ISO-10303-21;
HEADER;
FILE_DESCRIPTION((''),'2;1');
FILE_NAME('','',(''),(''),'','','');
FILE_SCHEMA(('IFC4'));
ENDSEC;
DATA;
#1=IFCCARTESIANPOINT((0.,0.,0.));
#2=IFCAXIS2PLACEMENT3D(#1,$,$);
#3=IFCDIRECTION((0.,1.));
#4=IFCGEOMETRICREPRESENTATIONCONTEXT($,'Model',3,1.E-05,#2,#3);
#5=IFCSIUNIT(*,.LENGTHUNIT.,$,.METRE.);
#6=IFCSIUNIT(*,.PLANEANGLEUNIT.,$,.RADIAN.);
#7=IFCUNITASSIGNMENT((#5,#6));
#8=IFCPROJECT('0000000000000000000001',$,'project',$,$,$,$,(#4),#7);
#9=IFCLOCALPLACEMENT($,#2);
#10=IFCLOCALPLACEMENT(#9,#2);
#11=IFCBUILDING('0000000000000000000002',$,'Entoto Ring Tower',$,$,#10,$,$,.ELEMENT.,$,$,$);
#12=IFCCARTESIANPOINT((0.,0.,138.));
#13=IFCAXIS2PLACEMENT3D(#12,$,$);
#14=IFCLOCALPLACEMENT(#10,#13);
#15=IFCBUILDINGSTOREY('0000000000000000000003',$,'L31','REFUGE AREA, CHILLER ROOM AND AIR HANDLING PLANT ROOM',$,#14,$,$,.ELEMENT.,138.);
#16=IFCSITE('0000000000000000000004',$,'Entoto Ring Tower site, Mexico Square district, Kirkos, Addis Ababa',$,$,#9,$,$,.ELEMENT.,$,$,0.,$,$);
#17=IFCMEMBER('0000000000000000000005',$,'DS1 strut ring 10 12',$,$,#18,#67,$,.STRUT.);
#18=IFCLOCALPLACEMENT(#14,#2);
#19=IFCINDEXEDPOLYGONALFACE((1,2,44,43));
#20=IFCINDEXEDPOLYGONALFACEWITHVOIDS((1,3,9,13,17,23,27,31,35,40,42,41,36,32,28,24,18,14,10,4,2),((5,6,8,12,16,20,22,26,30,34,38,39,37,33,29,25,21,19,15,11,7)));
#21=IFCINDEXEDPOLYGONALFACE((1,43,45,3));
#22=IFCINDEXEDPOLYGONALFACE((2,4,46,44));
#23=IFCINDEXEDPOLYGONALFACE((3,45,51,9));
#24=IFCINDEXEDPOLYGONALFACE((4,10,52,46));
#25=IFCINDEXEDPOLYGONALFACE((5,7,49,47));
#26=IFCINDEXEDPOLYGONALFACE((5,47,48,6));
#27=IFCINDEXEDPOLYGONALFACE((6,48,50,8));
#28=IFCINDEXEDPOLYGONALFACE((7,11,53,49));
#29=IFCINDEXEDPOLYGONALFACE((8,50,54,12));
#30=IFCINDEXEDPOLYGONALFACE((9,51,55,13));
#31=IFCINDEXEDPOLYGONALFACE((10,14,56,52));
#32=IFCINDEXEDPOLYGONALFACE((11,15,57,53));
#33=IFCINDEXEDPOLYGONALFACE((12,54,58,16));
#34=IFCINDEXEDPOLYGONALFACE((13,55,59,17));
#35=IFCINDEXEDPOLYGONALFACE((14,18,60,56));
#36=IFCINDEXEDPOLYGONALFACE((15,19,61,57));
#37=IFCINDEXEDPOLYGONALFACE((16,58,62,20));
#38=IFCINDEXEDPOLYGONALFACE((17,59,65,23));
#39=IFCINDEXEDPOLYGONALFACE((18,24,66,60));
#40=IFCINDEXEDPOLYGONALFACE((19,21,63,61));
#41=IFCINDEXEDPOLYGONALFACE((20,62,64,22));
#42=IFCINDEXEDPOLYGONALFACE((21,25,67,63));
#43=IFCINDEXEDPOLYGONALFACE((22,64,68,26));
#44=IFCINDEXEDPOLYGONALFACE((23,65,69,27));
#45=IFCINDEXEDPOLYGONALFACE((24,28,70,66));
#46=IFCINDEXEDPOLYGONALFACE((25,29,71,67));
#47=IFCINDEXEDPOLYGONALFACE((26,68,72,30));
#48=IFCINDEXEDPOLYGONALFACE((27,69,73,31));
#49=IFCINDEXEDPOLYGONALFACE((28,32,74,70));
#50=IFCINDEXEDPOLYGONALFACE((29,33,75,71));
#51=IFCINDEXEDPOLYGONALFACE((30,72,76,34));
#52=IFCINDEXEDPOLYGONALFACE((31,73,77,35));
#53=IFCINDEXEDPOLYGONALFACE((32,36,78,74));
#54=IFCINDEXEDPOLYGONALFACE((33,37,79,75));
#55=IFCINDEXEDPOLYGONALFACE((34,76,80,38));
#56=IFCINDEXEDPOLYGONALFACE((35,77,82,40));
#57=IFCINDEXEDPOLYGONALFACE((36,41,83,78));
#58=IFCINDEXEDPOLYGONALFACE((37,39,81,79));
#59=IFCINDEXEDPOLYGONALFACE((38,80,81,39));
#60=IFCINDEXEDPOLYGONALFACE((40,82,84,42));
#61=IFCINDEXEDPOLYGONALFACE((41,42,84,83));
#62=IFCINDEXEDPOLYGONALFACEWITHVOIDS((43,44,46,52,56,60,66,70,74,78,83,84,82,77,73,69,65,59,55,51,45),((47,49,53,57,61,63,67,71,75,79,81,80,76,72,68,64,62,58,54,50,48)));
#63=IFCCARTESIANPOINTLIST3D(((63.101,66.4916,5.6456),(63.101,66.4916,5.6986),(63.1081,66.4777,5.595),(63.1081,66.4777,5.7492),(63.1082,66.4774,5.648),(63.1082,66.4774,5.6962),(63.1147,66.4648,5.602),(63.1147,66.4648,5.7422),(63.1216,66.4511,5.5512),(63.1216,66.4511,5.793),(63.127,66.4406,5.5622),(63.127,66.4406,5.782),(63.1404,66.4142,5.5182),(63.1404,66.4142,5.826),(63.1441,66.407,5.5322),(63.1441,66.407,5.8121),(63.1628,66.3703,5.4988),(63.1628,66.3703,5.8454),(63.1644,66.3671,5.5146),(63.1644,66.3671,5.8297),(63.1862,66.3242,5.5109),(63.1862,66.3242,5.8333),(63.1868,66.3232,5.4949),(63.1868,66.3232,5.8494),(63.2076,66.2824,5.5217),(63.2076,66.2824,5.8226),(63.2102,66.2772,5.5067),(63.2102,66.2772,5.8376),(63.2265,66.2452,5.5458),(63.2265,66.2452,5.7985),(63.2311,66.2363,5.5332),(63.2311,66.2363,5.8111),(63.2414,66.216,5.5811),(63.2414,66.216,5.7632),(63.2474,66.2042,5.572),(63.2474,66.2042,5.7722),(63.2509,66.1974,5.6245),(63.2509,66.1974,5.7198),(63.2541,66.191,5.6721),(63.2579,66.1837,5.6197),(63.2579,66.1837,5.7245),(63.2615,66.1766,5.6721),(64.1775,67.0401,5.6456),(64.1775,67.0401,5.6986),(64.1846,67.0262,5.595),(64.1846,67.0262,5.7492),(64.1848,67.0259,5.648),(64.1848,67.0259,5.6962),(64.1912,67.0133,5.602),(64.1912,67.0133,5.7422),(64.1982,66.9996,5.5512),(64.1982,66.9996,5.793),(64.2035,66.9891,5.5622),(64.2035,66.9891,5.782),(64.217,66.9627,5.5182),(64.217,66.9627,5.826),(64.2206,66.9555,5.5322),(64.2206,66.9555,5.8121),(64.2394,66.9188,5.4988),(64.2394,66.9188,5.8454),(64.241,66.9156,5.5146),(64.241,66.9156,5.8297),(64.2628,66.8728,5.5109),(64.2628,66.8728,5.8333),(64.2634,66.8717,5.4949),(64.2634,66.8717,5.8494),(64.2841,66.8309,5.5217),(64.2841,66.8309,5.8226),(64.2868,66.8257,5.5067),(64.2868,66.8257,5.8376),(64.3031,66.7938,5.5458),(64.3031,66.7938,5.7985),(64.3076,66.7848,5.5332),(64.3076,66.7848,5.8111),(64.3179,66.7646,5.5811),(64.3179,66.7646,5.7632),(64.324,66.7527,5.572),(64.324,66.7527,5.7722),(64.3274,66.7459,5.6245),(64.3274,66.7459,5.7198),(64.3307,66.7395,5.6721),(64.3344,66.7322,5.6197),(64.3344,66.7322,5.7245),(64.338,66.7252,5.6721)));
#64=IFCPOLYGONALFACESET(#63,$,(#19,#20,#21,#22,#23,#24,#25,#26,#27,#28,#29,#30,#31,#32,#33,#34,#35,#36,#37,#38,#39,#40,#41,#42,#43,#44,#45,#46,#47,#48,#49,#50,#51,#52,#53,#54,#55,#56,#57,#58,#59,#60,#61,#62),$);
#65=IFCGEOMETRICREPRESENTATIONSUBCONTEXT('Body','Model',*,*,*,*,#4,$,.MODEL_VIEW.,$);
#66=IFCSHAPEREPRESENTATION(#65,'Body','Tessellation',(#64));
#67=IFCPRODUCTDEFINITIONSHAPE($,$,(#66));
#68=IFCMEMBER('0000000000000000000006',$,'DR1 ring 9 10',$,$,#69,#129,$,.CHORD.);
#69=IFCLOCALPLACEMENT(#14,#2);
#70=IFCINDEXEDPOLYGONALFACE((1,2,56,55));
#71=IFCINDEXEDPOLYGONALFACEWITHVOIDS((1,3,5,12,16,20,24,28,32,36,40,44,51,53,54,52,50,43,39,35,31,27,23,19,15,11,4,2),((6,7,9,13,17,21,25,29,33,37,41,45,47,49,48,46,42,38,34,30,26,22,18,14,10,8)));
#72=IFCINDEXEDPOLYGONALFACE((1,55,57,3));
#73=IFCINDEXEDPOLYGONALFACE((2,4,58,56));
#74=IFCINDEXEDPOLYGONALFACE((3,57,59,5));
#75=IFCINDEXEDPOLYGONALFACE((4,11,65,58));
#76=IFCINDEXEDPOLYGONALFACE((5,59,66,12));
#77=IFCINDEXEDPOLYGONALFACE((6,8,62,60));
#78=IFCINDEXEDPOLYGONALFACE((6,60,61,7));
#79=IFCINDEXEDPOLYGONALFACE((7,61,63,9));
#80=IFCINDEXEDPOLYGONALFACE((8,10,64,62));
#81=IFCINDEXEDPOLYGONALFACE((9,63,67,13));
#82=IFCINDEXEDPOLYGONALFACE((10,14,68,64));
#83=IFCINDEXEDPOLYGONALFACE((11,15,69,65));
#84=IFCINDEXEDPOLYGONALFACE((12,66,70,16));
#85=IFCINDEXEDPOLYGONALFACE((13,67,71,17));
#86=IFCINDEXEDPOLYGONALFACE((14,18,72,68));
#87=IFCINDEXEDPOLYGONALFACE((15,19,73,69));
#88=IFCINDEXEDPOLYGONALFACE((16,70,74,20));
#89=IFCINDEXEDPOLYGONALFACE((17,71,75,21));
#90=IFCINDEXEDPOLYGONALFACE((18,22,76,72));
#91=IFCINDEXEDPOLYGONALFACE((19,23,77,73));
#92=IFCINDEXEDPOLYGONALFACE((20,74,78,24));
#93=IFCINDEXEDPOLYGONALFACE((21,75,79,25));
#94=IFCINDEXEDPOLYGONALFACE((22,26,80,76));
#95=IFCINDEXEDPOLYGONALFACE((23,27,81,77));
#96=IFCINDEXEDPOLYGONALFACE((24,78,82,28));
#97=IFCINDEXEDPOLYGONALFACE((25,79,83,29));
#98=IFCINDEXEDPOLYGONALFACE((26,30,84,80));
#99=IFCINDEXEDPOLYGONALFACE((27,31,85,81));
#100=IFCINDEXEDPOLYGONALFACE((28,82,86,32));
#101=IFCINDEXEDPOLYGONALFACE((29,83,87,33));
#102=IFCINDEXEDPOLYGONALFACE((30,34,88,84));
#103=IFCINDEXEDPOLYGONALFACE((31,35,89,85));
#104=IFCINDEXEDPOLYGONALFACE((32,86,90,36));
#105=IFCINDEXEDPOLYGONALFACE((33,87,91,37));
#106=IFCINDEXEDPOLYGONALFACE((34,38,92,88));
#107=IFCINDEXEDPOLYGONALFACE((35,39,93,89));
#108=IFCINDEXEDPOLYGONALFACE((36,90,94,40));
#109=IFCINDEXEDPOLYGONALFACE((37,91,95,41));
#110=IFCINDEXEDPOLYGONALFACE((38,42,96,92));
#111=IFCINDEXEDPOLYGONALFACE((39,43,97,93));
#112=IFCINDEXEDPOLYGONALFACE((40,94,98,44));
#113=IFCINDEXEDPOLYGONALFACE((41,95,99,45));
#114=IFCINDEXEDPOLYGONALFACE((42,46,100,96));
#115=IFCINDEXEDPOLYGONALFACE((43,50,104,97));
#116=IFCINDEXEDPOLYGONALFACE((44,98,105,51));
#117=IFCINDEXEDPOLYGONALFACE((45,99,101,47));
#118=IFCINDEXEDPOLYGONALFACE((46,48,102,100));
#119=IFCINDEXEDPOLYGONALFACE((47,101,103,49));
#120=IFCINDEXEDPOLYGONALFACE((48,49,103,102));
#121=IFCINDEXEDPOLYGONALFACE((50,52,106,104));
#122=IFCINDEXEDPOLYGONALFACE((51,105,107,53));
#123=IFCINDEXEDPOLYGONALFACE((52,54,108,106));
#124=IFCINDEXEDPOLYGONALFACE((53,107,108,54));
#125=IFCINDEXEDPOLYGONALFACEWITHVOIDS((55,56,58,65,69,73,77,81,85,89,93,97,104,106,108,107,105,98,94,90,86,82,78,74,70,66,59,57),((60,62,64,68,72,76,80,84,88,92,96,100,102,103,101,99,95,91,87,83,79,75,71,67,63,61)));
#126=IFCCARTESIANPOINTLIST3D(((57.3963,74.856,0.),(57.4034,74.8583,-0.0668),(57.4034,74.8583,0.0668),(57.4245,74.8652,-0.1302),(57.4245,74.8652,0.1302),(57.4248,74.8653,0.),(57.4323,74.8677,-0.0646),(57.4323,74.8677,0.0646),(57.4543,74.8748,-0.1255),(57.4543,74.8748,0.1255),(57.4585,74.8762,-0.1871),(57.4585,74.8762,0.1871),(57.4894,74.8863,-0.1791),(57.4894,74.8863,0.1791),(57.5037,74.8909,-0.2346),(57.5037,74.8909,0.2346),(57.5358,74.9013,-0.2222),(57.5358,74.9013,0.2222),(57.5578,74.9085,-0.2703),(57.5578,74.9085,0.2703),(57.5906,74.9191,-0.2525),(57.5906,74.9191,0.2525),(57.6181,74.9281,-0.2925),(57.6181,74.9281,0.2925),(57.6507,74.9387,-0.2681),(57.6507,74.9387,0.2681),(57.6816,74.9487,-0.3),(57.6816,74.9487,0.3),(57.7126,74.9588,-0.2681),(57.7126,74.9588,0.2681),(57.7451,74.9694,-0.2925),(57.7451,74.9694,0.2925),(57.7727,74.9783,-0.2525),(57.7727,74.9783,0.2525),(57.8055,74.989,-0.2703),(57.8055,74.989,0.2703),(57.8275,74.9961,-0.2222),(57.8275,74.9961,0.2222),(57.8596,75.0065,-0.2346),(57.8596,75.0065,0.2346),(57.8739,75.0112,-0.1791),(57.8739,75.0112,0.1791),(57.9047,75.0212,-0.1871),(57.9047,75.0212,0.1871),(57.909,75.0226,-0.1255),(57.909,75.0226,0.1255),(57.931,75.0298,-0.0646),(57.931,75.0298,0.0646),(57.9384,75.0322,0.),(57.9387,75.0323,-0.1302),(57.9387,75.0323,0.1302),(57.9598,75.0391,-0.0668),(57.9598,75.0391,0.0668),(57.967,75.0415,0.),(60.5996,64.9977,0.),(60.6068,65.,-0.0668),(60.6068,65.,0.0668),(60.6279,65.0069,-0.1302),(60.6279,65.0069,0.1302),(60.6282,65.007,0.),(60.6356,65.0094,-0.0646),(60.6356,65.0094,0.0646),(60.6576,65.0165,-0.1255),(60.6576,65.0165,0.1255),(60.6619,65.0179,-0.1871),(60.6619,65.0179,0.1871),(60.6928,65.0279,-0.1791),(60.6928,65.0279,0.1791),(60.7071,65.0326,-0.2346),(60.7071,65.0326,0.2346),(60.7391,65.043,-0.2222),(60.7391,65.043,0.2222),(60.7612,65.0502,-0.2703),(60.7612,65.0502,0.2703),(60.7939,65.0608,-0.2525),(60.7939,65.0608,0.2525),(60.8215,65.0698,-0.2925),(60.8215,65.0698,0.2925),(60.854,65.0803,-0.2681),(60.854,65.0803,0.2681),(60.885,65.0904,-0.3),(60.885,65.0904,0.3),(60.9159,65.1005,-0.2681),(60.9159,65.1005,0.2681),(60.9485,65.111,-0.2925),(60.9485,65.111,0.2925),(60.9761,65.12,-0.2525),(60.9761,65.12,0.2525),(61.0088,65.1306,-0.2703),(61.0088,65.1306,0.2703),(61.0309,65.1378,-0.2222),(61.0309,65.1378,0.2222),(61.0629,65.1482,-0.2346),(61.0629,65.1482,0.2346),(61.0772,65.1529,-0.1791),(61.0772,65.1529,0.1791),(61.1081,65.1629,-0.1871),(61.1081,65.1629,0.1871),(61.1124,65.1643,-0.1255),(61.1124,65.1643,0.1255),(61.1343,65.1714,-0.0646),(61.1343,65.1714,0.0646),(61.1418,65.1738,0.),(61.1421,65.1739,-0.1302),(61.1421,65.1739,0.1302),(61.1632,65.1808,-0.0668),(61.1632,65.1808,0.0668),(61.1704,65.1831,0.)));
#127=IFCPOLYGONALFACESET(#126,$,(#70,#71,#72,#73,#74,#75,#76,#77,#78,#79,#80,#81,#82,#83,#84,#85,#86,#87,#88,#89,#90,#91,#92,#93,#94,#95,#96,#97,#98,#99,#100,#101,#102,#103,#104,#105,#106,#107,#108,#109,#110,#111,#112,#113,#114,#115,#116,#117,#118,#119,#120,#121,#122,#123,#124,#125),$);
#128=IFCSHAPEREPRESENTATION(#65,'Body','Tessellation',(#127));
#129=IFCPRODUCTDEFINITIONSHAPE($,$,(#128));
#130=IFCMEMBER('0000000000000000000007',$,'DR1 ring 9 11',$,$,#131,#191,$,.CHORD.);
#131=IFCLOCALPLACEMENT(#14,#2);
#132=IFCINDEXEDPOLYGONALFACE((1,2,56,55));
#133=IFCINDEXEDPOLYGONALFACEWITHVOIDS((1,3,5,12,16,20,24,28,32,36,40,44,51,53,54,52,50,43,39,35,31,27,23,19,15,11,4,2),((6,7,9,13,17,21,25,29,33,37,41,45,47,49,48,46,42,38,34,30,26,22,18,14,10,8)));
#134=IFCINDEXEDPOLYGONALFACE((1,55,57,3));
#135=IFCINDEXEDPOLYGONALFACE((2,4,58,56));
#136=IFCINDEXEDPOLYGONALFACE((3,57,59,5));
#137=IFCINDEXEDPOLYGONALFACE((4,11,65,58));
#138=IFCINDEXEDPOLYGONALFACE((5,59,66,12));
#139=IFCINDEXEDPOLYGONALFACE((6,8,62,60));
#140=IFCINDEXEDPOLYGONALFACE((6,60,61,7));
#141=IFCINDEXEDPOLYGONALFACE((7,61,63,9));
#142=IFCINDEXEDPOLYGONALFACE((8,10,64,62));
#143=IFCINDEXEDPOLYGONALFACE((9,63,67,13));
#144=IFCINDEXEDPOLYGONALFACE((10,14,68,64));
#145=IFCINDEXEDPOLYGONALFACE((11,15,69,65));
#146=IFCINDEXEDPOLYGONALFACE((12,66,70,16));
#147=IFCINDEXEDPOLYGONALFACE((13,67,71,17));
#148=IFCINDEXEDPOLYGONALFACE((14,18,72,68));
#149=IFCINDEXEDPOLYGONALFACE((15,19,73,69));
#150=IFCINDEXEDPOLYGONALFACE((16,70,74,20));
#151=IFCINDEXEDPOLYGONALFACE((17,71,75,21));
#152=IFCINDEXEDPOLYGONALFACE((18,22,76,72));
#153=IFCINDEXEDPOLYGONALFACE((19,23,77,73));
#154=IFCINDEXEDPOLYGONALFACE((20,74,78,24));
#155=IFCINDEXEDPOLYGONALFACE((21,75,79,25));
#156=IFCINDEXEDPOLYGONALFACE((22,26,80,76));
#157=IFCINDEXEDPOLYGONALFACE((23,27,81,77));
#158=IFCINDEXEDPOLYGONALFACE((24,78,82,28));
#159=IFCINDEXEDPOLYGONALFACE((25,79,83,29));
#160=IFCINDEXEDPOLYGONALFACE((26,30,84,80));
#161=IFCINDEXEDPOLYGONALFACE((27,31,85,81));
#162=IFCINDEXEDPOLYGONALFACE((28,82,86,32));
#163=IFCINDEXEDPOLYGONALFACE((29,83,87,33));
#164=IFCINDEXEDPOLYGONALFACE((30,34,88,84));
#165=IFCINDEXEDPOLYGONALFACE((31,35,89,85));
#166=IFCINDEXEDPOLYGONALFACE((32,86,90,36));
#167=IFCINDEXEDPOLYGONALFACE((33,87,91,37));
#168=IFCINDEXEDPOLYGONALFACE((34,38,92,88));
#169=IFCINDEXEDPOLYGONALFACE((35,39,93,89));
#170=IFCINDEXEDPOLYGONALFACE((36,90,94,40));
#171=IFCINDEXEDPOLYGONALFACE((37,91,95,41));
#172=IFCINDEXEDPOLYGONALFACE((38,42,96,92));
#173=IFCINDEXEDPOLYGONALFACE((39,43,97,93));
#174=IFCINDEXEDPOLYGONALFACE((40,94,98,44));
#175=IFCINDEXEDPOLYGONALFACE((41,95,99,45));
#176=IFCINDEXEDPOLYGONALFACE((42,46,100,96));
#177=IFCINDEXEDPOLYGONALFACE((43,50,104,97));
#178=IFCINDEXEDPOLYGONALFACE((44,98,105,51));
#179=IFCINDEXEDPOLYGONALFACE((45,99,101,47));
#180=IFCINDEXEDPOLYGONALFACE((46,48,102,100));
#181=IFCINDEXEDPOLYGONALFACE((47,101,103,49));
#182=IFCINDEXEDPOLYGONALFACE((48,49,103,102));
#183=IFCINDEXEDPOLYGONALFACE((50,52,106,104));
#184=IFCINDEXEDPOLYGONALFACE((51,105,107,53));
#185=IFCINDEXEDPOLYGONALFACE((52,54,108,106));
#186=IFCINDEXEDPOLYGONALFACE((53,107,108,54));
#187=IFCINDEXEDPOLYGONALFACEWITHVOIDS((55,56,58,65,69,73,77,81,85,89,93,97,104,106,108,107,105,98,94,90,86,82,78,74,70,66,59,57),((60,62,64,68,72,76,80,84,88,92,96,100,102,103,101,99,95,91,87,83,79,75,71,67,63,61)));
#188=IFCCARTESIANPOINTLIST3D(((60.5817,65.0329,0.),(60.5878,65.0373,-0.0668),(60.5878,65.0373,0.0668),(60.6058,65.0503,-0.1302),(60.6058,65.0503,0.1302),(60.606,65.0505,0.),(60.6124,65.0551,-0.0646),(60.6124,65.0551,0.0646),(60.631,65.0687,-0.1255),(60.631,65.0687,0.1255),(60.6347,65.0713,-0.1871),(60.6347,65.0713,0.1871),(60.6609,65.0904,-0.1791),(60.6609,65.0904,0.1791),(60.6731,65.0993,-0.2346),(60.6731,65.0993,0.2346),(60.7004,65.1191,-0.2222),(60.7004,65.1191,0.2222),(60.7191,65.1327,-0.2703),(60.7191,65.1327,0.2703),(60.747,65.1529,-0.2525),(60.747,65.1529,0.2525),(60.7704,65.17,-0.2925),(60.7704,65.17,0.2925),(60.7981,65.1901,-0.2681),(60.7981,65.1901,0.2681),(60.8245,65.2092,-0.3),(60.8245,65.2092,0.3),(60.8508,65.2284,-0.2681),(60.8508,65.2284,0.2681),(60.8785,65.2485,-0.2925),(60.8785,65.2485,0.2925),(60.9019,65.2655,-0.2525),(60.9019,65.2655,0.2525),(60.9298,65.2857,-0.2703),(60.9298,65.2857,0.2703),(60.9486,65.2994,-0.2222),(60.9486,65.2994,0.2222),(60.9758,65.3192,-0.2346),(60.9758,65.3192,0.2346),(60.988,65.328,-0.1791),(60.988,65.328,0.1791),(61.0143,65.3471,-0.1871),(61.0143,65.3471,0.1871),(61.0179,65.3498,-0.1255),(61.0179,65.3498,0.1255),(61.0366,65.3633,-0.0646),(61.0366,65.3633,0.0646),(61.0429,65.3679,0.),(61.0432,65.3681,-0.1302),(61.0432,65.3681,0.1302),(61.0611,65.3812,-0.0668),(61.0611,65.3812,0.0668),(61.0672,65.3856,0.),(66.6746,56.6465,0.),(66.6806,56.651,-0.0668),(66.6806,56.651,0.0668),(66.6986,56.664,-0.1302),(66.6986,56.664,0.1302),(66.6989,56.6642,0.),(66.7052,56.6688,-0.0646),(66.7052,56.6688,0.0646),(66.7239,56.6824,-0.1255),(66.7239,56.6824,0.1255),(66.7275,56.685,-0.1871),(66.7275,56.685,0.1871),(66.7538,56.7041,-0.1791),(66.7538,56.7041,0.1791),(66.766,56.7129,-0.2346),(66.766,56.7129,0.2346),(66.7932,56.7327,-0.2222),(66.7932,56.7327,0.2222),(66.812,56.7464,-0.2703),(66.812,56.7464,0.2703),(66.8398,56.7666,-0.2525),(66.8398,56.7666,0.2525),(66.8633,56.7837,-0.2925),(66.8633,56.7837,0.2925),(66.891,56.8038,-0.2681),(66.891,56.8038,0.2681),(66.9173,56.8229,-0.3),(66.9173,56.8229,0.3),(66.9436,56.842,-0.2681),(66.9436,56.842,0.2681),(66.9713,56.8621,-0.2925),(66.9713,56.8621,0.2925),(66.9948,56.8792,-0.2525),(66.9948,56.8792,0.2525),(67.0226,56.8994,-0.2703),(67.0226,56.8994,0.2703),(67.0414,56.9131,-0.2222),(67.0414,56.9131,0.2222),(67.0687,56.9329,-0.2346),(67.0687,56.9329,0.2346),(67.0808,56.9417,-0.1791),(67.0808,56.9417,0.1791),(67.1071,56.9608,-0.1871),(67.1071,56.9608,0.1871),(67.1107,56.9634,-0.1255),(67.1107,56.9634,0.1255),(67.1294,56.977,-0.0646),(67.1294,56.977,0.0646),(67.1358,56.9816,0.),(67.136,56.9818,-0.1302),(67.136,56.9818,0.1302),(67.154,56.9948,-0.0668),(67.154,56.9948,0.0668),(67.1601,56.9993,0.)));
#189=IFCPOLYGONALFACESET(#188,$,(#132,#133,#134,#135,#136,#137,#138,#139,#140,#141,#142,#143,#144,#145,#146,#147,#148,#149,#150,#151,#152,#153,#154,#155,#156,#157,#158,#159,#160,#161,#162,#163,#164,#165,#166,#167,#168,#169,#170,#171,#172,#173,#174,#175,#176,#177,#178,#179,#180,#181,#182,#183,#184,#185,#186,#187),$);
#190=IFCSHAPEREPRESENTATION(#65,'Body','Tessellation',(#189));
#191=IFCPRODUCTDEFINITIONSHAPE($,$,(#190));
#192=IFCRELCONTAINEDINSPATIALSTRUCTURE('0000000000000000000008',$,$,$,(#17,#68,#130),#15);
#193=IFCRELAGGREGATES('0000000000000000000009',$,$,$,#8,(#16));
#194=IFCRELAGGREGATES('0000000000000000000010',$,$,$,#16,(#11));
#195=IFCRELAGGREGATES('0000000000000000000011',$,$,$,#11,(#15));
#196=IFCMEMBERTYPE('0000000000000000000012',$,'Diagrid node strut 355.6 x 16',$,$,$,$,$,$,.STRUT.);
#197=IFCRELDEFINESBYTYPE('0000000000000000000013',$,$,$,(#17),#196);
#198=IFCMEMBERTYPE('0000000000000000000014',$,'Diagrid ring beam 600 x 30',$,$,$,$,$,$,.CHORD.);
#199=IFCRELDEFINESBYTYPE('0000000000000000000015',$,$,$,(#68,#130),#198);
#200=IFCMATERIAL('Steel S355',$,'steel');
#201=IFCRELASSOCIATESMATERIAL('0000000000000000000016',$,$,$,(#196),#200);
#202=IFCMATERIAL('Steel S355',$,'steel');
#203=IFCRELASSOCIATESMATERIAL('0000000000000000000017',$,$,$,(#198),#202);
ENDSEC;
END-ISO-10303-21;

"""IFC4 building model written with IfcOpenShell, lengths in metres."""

from ifc_helpers import new_model, si_unit, direction, frame, origin, origin_2d, place, context, subcontext, project, spatial, circle, hollow_circle, extrude, material, material_profile, profile_set, type_object, element, save


model = new_model("IFC4")

# Units and contexts
model_context = context("Model", 3, precision=1e-05, world=origin(), true_north=direction((0.0, 1.0)))
body_context = subcontext(model_context, "Body", "Model", "MODEL_VIEW")
ifc_project = project(units=[si_unit("LENGTHUNIT", "METRE"), si_unit("PLANEANGLEUNIT", "RADIAN")], contexts=[model_context])

# Site, building, storey
site_placement = place(None, origin())
site = spatial("IfcSite", under=ifc_project, at=site_placement, Name="Entoto Ring Tower site, Mexico Square district, Kirkos, Addis Ababa", CompositionType="ELEMENT", RefElevation=0.0)
building_placement = place(site_placement, origin())
building = spatial("IfcBuilding", under=site, at=building_placement, Name="Entoto Ring Tower", CompositionType="ELEMENT")
storey_placement = place(building_placement, frame((0.0, 0.0, 138.0)))
storey = spatial("IfcBuildingStorey", under=building, at=storey_placement, Name="L31", Description="REFUGE AREA, CHILLER ROOM AND AIR HANDLING PLANT ROOM", CompositionType="ELEMENT", Elevation=138.0)

# Members
ifc_material_1 = material(Name="Steel S355", Category="steel")
ifc_material_profile_1 = material_profile(ifc_material_1, hollow_circle(Radius=0.1777, WallThickness=0.0161, at=origin_2d()), Name="CHS 355.6 x 16")
ifc_material_2 = material(Name="Concrete C60/75", Category="concrete")
ifc_material_profile_2 = material_profile(ifc_material_2, circle(Radius=0.1619, at=origin_2d()), Name="Concrete C60/75 infill")
ifc_profile_set_1 = profile_set([ifc_material_profile_1, ifc_material_profile_2], Name="Steel S355")
member_type_1 = type_object("IfcMemberType", Name="Diagrid node strut 355.6 x 16", PredefinedType="STRUT", material=ifc_profile_set_1)
member_1_placement = place(storey_placement, frame((64.2573, 66.8835, 5.6721), z_axis=(-0.891007, -0.453989, 0.0), x_axis=(0.453989, -0.891007, 0.0)))
element("IfcMember", 1, at=member_1_placement, inside=storey, type_object=member_type_1, Name="DS1 strut ring 10 12", PredefinedType="STRUT", context=body_context, shape_type="SweptSolid", body=[
    extrude(hollow_circle(Radius=0.1777, WallThickness=0.0161, at=origin_2d()), origin(), (0.0, 0.0, 1.0), 1.2083),
])
ifc_material_3 = material(Name="Steel S355", Category="steel")
ifc_material_profile_3 = material_profile(ifc_material_3, hollow_circle(Radius=0.3, WallThickness=0.03, at=origin_2d()), Name="CHS 600 x 30")
ifc_material_4 = material(Name="Concrete C60/75", Category="concrete")
ifc_material_profile_4 = material_profile(ifc_material_4, circle(Radius=0.27, at=origin_2d()), Name="Concrete C60/75 infill")
ifc_profile_set_2 = profile_set([ifc_material_profile_3, ifc_material_profile_4], Name="Steel S355")
member_type_2 = type_object("IfcMemberType", Name="Diagrid ring beam 600 x 30", PredefinedType="CHORD", material=ifc_profile_set_2)
member_2_placement = place(storey_placement, frame((57.6816, 74.9487, 0.0), z_axis=(0.309033, -0.951051, 0.0), x_axis=(0.951051, 0.309033, 0.0)))
element("IfcMember", 2, at=member_2_placement, inside=storey, type_object=member_type_2, Name="DR1 ring 9 10", PredefinedType="CHORD", context=body_context, shape_type="SweptSolid", body=[
    extrude(hollow_circle(Radius=0.3, WallThickness=0.03, at=origin_2d()), origin(), (0.0, 0.0, 1.0), 10.3657),
])
member_3_placement = place(storey_placement, frame((60.8245, 65.2092, 0.0), z_axis=(0.587774, -0.809025, 0.0), x_axis=(0.809025, 0.587774, 0.0)))
element("IfcMember", 3, at=member_3_placement, inside=storey, type_object=member_type_2, Name="DR1 ring 9 11", PredefinedType="CHORD", context=body_context, shape_type="SweptSolid", body=[
    extrude(hollow_circle(Radius=0.3, WallThickness=0.03, at=origin_2d()), origin(), (0.0, 0.0, 1.0), 10.366),
])

save(model, "model.ifc")
